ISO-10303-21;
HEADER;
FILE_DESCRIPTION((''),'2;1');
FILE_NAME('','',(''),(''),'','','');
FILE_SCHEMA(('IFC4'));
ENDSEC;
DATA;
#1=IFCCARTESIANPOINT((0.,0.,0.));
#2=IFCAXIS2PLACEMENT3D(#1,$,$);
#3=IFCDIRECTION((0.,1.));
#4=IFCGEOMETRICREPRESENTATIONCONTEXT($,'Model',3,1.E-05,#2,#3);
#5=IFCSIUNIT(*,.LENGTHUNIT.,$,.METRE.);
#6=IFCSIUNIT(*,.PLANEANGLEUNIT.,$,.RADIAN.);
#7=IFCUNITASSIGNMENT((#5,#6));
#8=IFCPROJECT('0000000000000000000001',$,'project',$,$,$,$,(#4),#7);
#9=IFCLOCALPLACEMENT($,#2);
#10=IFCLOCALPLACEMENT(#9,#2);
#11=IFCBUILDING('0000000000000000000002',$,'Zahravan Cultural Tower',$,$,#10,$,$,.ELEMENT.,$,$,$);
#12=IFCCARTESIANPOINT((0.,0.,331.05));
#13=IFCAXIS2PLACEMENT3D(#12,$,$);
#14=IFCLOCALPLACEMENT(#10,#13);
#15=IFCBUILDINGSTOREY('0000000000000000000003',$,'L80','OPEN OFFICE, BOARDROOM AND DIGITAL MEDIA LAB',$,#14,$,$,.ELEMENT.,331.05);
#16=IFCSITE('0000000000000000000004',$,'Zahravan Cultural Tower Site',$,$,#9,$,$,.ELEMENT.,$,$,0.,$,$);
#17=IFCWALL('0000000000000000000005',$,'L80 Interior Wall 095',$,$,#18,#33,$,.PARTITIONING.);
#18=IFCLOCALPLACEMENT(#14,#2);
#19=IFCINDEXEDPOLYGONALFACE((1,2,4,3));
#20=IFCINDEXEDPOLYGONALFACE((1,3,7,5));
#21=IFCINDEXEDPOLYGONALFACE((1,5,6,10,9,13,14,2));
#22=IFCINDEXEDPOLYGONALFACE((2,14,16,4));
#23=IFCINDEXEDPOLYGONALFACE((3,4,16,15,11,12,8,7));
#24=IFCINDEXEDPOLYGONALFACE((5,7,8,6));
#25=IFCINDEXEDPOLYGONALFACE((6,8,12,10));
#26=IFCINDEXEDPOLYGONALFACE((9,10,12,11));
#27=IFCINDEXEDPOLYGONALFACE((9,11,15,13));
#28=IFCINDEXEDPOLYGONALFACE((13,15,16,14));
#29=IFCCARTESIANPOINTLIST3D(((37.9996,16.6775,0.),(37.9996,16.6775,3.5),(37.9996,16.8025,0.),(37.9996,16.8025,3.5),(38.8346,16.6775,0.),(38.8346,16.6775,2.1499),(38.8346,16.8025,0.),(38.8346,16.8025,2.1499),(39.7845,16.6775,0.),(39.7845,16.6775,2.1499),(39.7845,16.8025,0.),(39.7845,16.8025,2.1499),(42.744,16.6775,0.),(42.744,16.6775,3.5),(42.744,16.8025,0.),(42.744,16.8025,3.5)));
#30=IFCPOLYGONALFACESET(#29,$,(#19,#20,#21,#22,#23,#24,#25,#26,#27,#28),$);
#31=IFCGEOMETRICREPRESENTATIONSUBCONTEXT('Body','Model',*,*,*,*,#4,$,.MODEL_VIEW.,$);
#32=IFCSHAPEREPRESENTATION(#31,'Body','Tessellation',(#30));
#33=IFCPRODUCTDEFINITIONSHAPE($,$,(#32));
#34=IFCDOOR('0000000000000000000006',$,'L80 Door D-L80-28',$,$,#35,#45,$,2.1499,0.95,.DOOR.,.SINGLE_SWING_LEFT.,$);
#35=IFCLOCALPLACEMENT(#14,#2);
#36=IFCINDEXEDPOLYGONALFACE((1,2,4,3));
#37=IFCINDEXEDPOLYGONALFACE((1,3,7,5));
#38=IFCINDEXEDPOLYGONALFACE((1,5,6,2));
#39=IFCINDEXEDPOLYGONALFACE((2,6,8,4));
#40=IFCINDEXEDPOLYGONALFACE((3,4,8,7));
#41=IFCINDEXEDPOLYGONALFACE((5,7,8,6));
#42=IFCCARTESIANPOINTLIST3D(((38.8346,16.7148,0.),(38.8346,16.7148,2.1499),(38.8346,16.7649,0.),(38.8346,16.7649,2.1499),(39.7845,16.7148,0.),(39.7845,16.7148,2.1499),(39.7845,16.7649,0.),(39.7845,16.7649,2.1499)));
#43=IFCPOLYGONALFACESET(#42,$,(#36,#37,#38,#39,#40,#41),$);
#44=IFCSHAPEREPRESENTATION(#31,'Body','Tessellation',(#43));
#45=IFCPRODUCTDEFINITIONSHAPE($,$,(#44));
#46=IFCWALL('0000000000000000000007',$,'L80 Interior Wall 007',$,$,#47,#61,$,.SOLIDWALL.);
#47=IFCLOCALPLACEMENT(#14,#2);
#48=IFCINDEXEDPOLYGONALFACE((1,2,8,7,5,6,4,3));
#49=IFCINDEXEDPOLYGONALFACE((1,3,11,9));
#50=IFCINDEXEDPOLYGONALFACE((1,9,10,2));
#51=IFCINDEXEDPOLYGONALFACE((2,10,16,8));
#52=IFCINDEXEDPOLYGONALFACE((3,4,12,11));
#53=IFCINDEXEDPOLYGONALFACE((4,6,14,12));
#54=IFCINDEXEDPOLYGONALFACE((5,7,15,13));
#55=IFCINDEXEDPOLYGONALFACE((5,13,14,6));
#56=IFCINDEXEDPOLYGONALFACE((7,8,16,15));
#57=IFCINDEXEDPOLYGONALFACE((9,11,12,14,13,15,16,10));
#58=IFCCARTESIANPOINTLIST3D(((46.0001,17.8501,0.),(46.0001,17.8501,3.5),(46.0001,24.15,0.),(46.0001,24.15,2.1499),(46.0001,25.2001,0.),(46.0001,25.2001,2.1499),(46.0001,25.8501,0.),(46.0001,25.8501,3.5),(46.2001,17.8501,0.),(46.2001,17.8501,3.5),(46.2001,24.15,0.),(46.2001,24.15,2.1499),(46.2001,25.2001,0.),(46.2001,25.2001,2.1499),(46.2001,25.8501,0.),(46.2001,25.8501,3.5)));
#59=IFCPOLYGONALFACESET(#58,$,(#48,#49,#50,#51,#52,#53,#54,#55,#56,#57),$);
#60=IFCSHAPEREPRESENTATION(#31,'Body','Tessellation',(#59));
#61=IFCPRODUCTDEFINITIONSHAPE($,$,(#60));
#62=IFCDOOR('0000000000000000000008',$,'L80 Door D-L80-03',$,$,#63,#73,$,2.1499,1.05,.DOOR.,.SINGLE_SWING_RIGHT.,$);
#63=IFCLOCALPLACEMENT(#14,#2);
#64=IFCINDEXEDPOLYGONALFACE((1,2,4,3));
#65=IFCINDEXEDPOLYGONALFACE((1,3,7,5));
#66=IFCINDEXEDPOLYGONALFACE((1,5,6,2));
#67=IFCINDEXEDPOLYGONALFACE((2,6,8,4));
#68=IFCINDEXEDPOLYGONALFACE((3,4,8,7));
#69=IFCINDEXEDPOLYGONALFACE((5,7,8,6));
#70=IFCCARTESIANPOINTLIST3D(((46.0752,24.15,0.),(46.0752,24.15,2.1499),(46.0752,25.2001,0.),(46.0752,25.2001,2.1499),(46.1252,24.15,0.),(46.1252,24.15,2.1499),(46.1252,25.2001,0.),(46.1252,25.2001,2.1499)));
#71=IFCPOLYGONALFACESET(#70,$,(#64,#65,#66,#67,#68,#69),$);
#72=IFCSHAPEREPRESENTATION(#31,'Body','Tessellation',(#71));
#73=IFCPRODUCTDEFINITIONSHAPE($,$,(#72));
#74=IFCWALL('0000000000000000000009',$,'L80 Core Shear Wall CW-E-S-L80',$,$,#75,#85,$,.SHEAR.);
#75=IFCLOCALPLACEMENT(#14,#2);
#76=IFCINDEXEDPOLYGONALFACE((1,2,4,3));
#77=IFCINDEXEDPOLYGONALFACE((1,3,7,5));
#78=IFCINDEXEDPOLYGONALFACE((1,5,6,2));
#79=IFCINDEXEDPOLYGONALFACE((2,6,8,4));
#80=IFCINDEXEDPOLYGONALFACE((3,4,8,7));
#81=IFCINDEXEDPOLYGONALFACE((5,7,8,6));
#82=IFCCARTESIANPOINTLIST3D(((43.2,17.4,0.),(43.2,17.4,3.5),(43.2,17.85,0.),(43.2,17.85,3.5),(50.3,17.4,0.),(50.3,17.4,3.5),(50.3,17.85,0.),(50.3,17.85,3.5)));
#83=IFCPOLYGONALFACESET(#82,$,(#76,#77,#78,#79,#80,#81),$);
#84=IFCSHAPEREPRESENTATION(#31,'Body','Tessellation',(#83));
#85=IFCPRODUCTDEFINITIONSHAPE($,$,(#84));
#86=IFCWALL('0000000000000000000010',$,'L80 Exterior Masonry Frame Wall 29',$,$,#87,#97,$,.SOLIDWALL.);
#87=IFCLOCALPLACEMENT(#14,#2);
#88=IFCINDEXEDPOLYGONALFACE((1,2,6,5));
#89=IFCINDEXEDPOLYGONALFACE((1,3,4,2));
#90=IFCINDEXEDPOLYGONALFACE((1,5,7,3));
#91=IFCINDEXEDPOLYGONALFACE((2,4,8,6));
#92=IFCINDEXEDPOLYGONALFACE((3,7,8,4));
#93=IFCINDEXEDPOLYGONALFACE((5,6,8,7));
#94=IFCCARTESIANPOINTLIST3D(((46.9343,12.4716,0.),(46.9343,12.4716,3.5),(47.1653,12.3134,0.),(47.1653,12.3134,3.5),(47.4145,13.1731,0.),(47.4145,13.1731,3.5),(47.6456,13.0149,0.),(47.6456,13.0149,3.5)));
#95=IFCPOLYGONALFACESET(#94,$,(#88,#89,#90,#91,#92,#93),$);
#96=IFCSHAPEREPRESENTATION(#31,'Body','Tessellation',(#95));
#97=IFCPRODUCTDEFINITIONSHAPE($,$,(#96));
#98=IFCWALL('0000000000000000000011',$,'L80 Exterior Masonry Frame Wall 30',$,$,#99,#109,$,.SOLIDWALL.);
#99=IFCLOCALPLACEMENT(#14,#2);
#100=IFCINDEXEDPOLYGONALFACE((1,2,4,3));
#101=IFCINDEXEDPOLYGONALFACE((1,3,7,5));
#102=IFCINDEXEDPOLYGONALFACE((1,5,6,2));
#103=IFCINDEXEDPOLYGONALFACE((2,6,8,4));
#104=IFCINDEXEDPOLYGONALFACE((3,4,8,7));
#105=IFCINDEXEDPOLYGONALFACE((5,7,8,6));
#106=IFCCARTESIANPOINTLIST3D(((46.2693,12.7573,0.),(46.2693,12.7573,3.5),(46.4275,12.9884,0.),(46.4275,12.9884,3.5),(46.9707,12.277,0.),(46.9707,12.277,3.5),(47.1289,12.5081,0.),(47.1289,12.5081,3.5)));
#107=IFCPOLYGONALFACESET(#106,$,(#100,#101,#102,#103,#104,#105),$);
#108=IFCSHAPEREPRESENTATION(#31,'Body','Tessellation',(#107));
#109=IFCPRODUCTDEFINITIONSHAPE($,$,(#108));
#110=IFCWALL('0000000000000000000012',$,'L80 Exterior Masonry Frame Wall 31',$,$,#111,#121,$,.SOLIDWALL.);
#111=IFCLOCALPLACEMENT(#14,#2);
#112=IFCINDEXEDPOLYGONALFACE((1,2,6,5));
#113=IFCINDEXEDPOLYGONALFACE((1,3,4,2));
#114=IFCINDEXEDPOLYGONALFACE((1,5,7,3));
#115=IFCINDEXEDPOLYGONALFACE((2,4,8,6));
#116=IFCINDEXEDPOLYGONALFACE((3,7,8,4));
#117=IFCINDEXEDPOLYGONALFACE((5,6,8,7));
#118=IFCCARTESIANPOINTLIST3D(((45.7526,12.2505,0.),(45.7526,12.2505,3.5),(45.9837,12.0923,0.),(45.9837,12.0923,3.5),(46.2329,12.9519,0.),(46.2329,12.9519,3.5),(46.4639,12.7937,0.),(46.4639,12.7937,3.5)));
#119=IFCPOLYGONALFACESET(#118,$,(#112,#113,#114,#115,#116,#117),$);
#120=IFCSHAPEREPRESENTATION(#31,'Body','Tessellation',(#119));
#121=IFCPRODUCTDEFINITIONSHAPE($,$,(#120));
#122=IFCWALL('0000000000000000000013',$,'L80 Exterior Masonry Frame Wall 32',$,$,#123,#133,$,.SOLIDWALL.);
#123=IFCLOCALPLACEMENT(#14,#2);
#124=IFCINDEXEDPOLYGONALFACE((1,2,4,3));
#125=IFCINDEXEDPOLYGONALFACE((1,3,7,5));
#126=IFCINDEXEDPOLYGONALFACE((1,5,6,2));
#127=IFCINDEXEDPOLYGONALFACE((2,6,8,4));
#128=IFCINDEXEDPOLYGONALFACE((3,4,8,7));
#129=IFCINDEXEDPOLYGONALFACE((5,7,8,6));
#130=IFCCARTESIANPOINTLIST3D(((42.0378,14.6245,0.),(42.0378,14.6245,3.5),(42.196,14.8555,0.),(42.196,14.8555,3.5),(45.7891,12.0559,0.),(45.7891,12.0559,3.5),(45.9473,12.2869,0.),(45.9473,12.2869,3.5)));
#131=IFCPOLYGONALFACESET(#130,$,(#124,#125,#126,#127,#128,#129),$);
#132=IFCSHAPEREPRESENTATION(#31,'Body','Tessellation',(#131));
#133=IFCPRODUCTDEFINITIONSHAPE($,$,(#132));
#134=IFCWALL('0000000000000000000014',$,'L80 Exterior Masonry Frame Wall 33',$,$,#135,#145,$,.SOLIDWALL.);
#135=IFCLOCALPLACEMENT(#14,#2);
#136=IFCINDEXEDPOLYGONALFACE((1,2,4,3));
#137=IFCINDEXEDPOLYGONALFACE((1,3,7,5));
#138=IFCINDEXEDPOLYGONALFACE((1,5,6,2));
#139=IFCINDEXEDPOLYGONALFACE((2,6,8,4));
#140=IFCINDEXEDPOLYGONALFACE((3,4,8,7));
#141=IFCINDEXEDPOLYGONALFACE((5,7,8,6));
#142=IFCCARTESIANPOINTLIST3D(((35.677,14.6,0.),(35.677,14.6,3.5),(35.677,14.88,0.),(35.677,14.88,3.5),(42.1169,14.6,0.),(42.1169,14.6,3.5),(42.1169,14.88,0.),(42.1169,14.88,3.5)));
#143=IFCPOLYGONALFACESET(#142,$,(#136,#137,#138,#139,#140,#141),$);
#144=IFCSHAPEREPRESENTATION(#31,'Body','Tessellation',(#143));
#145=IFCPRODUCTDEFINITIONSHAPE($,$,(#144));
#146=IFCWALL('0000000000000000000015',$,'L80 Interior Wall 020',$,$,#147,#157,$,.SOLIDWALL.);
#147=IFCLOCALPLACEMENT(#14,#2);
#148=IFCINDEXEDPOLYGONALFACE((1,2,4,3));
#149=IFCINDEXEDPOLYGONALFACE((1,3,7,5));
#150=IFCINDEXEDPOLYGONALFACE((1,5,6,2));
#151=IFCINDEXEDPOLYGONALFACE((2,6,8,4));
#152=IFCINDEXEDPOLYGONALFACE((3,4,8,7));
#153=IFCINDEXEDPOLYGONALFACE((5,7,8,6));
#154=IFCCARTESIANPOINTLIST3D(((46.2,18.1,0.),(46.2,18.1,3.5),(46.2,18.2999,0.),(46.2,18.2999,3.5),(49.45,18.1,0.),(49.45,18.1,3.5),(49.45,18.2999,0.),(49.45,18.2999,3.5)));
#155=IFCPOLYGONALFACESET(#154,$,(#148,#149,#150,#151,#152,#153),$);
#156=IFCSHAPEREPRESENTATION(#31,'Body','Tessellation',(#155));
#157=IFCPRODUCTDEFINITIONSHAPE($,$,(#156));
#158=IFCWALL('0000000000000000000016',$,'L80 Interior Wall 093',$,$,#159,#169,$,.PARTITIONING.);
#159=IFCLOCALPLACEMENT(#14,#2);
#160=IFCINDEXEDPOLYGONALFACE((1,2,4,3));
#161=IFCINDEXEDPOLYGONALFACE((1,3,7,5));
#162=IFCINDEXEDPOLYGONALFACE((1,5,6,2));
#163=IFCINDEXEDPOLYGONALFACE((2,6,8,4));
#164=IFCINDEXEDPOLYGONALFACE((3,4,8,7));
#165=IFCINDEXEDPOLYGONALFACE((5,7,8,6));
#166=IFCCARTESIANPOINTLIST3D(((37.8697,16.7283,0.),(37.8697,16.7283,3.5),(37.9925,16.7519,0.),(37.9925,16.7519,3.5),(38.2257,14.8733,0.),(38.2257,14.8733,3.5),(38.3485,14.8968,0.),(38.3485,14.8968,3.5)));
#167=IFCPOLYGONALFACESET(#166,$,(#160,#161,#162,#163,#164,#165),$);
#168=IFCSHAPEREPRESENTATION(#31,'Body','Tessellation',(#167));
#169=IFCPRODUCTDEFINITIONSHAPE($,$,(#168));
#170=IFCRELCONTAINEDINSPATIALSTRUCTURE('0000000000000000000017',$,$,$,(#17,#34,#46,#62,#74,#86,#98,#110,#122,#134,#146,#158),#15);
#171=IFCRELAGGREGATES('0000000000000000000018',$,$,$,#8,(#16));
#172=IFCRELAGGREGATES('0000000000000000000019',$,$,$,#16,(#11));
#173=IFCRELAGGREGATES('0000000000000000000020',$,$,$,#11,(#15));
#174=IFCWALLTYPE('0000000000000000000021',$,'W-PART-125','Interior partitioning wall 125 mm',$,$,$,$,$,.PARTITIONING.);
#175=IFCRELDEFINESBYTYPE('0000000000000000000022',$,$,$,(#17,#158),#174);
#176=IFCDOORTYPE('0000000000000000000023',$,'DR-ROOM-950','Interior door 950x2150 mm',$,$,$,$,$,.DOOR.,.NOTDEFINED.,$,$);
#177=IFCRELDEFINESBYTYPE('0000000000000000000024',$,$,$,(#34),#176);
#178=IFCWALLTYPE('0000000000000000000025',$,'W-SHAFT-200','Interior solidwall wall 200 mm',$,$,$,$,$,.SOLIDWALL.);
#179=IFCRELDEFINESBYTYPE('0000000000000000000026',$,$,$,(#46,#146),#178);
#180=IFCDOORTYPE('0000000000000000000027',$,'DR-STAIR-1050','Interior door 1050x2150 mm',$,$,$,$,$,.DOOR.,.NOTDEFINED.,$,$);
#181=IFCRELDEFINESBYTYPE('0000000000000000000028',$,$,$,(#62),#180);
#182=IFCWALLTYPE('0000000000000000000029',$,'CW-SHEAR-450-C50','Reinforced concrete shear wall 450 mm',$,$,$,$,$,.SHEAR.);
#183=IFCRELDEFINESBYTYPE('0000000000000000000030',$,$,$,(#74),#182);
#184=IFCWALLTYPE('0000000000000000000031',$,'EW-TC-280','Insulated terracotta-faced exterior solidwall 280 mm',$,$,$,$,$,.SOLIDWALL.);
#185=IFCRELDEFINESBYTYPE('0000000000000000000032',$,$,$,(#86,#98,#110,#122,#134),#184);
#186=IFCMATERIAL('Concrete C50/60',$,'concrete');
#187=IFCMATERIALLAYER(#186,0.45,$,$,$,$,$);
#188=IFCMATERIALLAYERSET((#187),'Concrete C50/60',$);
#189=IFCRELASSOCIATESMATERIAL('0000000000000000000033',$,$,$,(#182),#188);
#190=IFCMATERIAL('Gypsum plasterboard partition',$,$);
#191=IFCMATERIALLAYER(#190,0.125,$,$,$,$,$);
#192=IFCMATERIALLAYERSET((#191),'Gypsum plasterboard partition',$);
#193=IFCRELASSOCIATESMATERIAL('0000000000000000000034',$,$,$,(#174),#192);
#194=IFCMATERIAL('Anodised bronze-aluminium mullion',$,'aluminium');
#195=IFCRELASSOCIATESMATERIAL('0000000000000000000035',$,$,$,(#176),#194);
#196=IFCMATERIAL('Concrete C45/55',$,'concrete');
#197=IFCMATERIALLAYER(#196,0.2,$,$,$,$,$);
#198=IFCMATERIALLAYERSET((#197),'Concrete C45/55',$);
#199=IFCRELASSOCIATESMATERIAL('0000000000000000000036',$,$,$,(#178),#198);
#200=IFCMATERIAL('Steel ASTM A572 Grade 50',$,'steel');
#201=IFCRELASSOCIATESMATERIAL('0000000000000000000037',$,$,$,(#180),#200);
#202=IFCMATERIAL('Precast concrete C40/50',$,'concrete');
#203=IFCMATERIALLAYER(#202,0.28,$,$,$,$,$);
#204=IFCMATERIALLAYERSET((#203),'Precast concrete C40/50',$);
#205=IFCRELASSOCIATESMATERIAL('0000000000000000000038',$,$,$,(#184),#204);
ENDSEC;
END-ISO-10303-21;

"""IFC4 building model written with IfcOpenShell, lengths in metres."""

from ifc_helpers import new_model, si_unit, direction, frame, frame_2d, origin, place, context, subcontext, project, spatial, rectangle, extrude, source, transform, mapped, material, layer, layer_set, type_object, element, fill, save


model = new_model("IFC4")

# Units and contexts
model_context = context("Model", 3, precision=1e-05, world=origin(), true_north=direction((0.0, 1.0)))
body_context = subcontext(model_context, "Body", "Model", "MODEL_VIEW")
ifc_project = project(units=[si_unit("LENGTHUNIT", "METRE"), si_unit("PLANEANGLEUNIT", "RADIAN")], contexts=[model_context])

# Site, building, storey
site_placement = place(None, origin())
site = spatial("IfcSite", under=ifc_project, at=site_placement, Name="Zahravan Cultural Tower Site", CompositionType="ELEMENT", RefElevation=0.0)
building_placement = place(site_placement, origin())
building = spatial("IfcBuilding", under=site, at=building_placement, Name="Zahravan Cultural Tower", CompositionType="ELEMENT")
storey_placement = place(building_placement, frame((0.0, 0.0, 331.05)))
storey = spatial("IfcBuildingStorey", under=building, at=storey_placement, Name="L80", Description="OPEN OFFICE, BOARDROOM AND DIGITAL MEDIA LAB", CompositionType="ELEMENT", Elevation=331.05)

# Shared definitions
ifc_material_1 = material(Name="Concrete C50/60", Category="concrete")

# Shared definitions
ifc_layer_1 = layer(ifc_material_1, 0.45)
ifc_layer_set_1 = layer_set([ifc_layer_1], Name="Concrete C50/60")
wall_type_1 = type_object("IfcWallType", Name="CW-SHEAR-450-C50", Description="Reinforced concrete shear wall 450 mm", PredefinedType="SHEAR", material=ifc_layer_set_1)
ifc_material_2 = material(Name="Steel ASTM A572 Grade 50", Category="steel")

# Walls, openings, doors
ifc_material_3 = material(Name="Gypsum plasterboard partition")
ifc_layer_2 = layer(ifc_material_3, 0.125)
ifc_layer_set_2 = layer_set([ifc_layer_2], Name="Gypsum plasterboard partition")
wall_type_2 = type_object("IfcWallType", Name="W-PART-125", Description="Interior partitioning wall 125 mm", PredefinedType="PARTITIONING", material=ifc_layer_set_2)
wall_1_placement = place(storey_placement, frame((37.9998, 16.74, 0.0), z_axis=(0.0, 0.0, 1.0), x_axis=(1.0, 0.0, 0.0)))
wall_1 = element("IfcWall", 1, at=wall_1_placement, inside=storey, type_object=wall_type_2, Name="L80 Interior Wall 095", PredefinedType="PARTITIONING", context=body_context, shape_type="SweptSolid", body=[
    extrude(rectangle(XDim=4.7444, YDim=0.125, at=frame_2d((2.3721, 0.0))), origin(), (0.0, 0.0, 1.0), 3.5),
])
opening_1_placement = place(wall_1_placement, frame((0.8347, 0.0, 0.0)))
opening_1 = element("IfcOpeningElement", 2, at=opening_1_placement, cuts=wall_1, PredefinedType="OPENING", context=body_context, shape_type="SweptSolid", body=[
    extrude(rectangle(XDim=0.95, YDim=2.1499, at=frame_2d((0.4751, 1.075))), frame((0.0, 0.0725, 0.0), z_axis=(0.0, -1.0, 0.0), x_axis=(1.0, 0.0, 0.0)), (0.0, 0.0, 1.0), 0.145),
])
ifc_material_4 = material(Name="Anodised bronze-aluminium mullion", Category="aluminium")
door_type_1 = type_object("IfcDoorType", Name="DR-ROOM-950", Description="Interior door 950x2150 mm", OperationType="NOTDEFINED", PredefinedType="DOOR", material=ifc_material_4)
shared_shape_1 = source(origin(), body_context, "Body", "SweptSolid", [
    extrude(rectangle(XDim=0.95, YDim=2.1499, at=frame_2d((0.4751, 1.075))), frame((0.0, 0.0249, 0.0), z_axis=(0.0, -1.0, 0.0), x_axis=(1.0, 0.0, 0.0)), (0.0, 0.0, 1.0), 0.05),
])
door_1_placement = place(opening_1_placement, origin())
door_1 = element("IfcDoor", 3, at=door_1_placement, inside=storey, type_object=door_type_1, Name="L80 Door D-L80-28", OperationType="SINGLE_SWING_LEFT", OverallHeight=2.1499, OverallWidth=0.95, PredefinedType="DOOR", context=body_context, shape_type="MappedRepresentation", body=[
    mapped(shared_shape_1, transform((0.0, 0.0, 0.0), x_axis=(1.0, 0.0, 0.0), y_axis=(0.0, 1.0, 0.0), z_axis=(0.0, 0.0, 1.0), scale=1.0)),
])
fill(opening_1, door_1)
ifc_material_5 = material(Name="Concrete C45/55", Category="concrete")
ifc_layer_3 = layer(ifc_material_5, 0.2)
ifc_layer_set_3 = layer_set([ifc_layer_3], Name="Concrete C45/55")
wall_type_3 = type_object("IfcWallType", Name="W-SHAFT-200", Description="Interior solidwall wall 200 mm", PredefinedType="SOLIDWALL", material=ifc_layer_set_3)
wall_2_placement = place(storey_placement, frame((46.1001, 17.8501, 0.0), z_axis=(0.0, 0.0, 1.0), x_axis=(0.0, 1.0, 0.0)))
wall_2 = element("IfcWall", 4, at=wall_2_placement, inside=storey, type_object=wall_type_3, Name="L80 Interior Wall 007", PredefinedType="SOLIDWALL", context=body_context, shape_type="SweptSolid", body=[
    extrude(rectangle(XDim=8.0, YDim=0.2, at=frame_2d((4.0, 0.0))), origin(), (0.0, 0.0, 1.0), 3.5),
])
opening_2_placement = place(wall_2_placement, frame((6.3, 0.0, 0.0)))
opening_2 = element("IfcOpeningElement", 5, at=opening_2_placement, cuts=wall_2, PredefinedType="OPENING", context=body_context, shape_type="SweptSolid", body=[
    extrude(rectangle(XDim=1.05, YDim=2.1499, at=frame_2d((0.5249, 1.075))), frame((0.0, 0.1099, 0.0), z_axis=(0.0, -1.0, 0.0), x_axis=(1.0, 0.0, 0.0)), (0.0, 0.0, 1.0), 0.22),
])
door_type_2 = type_object("IfcDoorType", Name="DR-STAIR-1050", Description="Interior door 1050x2150 mm", OperationType="NOTDEFINED", PredefinedType="DOOR", material=ifc_material_2)
shared_shape_2 = source(origin(), body_context, "Body", "SweptSolid", [
    extrude(rectangle(XDim=1.05, YDim=2.1499, at=frame_2d((0.5249, 1.075))), frame((0.0, 0.0249, 0.0), z_axis=(0.0, -1.0, 0.0), x_axis=(1.0, 0.0, 0.0)), (0.0, 0.0, 1.0), 0.05),
])
door_2_placement = place(opening_2_placement, origin())
door_2 = element("IfcDoor", 6, at=door_2_placement, inside=storey, type_object=door_type_2, Name="L80 Door D-L80-03", OperationType="SINGLE_SWING_RIGHT", OverallHeight=2.1499, OverallWidth=1.05, PredefinedType="DOOR", context=body_context, shape_type="MappedRepresentation", body=[
    mapped(shared_shape_2, transform((0.0, 0.0, 0.0), x_axis=(1.0, 0.0, 0.0), y_axis=(0.0, 1.0, 0.0), z_axis=(0.0, 0.0, 1.0), scale=1.0)),
])
fill(opening_2, door_2)

# Walls
shared_shape_3 = source(origin(), body_context, "Body", "SweptSolid", [
    extrude(rectangle(XDim=7.1001, YDim=0.45, at=frame_2d((3.55, 0.0))), origin(), (0.0, 0.0, 1.0), 3.5),
])
wall_3_placement = place(storey_placement, frame((43.2, 17.625, 0.0), z_axis=(0.0, 0.0, 1.0), x_axis=(1.0, 0.0, 0.0)))
element("IfcWall", 7, at=wall_3_placement, inside=storey, type_object=wall_type_1, Name="L80 Core Shear Wall CW-E-S-L80", PredefinedType="SHEAR", context=body_context, shape_type="MappedRepresentation", body=[
    mapped(shared_shape_3, transform((0.0, 0.0, 0.0), x_axis=(1.0, 0.0, 0.0), y_axis=(0.0, 1.0, 0.0), z_axis=(0.0, 0.0, 1.0), scale=1.0)),
])
ifc_material_6 = material(Name="Precast concrete C40/50", Category="concrete")
ifc_layer_4 = layer(ifc_material_6, 0.28)
ifc_layer_set_4 = layer_set([ifc_layer_4], Name="Precast concrete C40/50")
wall_type_4 = type_object("IfcWallType", Name="EW-TC-280", Description="Insulated terracotta-faced exterior solidwall 280 mm", PredefinedType="SOLIDWALL", material=ifc_layer_set_4)
shared_shape_4 = source(origin(), body_context, "Body", "SweptSolid", [
    extrude(rectangle(XDim=0.8501, YDim=0.28, at=frame_2d((0.425, 0.0))), origin(), (0.0, 0.0, 1.0), 3.5),
])
for number, where, z_axis, x_axis, name in (
    (8, (47.53, 13.094, 0.0), (0.0, 0.0, 1.0), (-0.564931, -0.825138, 0.0), "L80 Exterior Masonry Frame Wall 29"),
    (9, (47.0498, 12.3926, 0.0), (0.0, 0.0, 1.0), (-0.825138, 0.564931, 0.0), "L80 Exterior Masonry Frame Wall 30"),
    (10, (46.3484, 12.8728, 0.0), (0.0, 0.0, 1.0), (-0.564931, -0.825138, 0.0), "L80 Exterior Masonry Frame Wall 31"),
):
    element("IfcWall", number, at=place(storey_placement, frame(where, z_axis=z_axis, x_axis=x_axis)), inside=storey, type_object=wall_type_4, Name=name, PredefinedType="SOLIDWALL", context=body_context, shape_type="MappedRepresentation", body=[
        mapped(shared_shape_4, transform((0.0, 0.0, 0.0), x_axis=(1.0, 0.0, 0.0), y_axis=(0.0, 1.0, 0.0), z_axis=(0.0, 0.0, 1.0), scale=1.0)),
    ])
shared_shape_5 = source(origin(), body_context, "Body", "SweptSolid", [
    extrude(rectangle(XDim=4.5464, YDim=0.28, at=frame_2d((2.2732, 0.0))), origin(), (0.0, 0.0, 1.0), 3.5),
])
wall_4_placement = place(storey_placement, frame((45.8682, 12.1714, 0.0), z_axis=(0.0, 0.0, 1.0), x_axis=(-0.825104, 0.56498, 0.0)))
element("IfcWall", 11, at=wall_4_placement, inside=storey, type_object=wall_type_4, Name="L80 Exterior Masonry Frame Wall 32", PredefinedType="SOLIDWALL", context=body_context, shape_type="MappedRepresentation", body=[
    mapped(shared_shape_5, transform((0.0, 0.0, 0.0), x_axis=(1.0, 0.0, 0.0), y_axis=(0.0, 1.0, 0.0), z_axis=(0.0, 0.0, 1.0), scale=1.0)),
])
shared_shape_6 = source(origin(), body_context, "Body", "SweptSolid", [
    extrude(rectangle(XDim=6.4399, YDim=0.28, at=frame_2d((3.22, 0.0))), origin(), (0.0, 0.0, 1.0), 3.5),
])
wall_5_placement = place(storey_placement, frame((42.1169, 14.74, 0.0), z_axis=(0.0, 0.0, 1.0), x_axis=(-1.0, 0.0, 0.0)))
element("IfcWall", 12, at=wall_5_placement, inside=storey, type_object=wall_type_4, Name="L80 Exterior Masonry Frame Wall 33", PredefinedType="SOLIDWALL", context=body_context, shape_type="MappedRepresentation", body=[
    mapped(shared_shape_6, transform((0.0, 0.0, 0.0), x_axis=(1.0, 0.0, 0.0), y_axis=(0.0, 1.0, 0.0), z_axis=(0.0, 0.0, 1.0), scale=1.0)),
])
shared_shape_7 = source(origin(), body_context, "Body", "SweptSolid", [
    extrude(rectangle(XDim=3.25, YDim=0.2, at=frame_2d((1.625, 0.0))), origin(), (0.0, 0.0, 1.0), 3.5),
])
wall_6_placement = place(storey_placement, frame((46.2, 18.2, 0.0), z_axis=(0.0, 0.0, 1.0), x_axis=(1.0, 0.0, 0.0)))
element("IfcWall", 13, at=wall_6_placement, inside=storey, type_object=wall_type_3, Name="L80 Interior Wall 020", PredefinedType="SOLIDWALL", context=body_context, shape_type="MappedRepresentation", body=[
    mapped(shared_shape_7, transform((0.0, 0.0, 0.0), x_axis=(1.0, 0.0, 0.0), y_axis=(0.0, 1.0, 0.0), z_axis=(0.0, 0.0, 1.0), scale=1.0)),
])
shared_shape_8 = source(origin(), body_context, "Body", "SweptSolid", [
    extrude(rectangle(XDim=1.8889, YDim=0.125, at=frame_2d((0.9443, 0.0))), origin(), (0.0, 0.0, 1.0), 3.5),
])
wall_7_placement = place(storey_placement, frame((37.9312, 16.74, 0.0), z_axis=(0.0, 0.0, 1.0), x_axis=(0.188454, -0.982082, 0.0)))
element("IfcWall", 14, at=wall_7_placement, inside=storey, type_object=wall_type_2, Name="L80 Interior Wall 093", PredefinedType="PARTITIONING", context=body_context, shape_type="MappedRepresentation", body=[
    mapped(shared_shape_8, transform((0.0, 0.0, 0.0), x_axis=(1.0, 0.0, 0.0), y_axis=(0.0, 1.0, 0.0), z_axis=(0.0, 0.0, 1.0), scale=1.0)),
])

save(model, "model.ifc")
